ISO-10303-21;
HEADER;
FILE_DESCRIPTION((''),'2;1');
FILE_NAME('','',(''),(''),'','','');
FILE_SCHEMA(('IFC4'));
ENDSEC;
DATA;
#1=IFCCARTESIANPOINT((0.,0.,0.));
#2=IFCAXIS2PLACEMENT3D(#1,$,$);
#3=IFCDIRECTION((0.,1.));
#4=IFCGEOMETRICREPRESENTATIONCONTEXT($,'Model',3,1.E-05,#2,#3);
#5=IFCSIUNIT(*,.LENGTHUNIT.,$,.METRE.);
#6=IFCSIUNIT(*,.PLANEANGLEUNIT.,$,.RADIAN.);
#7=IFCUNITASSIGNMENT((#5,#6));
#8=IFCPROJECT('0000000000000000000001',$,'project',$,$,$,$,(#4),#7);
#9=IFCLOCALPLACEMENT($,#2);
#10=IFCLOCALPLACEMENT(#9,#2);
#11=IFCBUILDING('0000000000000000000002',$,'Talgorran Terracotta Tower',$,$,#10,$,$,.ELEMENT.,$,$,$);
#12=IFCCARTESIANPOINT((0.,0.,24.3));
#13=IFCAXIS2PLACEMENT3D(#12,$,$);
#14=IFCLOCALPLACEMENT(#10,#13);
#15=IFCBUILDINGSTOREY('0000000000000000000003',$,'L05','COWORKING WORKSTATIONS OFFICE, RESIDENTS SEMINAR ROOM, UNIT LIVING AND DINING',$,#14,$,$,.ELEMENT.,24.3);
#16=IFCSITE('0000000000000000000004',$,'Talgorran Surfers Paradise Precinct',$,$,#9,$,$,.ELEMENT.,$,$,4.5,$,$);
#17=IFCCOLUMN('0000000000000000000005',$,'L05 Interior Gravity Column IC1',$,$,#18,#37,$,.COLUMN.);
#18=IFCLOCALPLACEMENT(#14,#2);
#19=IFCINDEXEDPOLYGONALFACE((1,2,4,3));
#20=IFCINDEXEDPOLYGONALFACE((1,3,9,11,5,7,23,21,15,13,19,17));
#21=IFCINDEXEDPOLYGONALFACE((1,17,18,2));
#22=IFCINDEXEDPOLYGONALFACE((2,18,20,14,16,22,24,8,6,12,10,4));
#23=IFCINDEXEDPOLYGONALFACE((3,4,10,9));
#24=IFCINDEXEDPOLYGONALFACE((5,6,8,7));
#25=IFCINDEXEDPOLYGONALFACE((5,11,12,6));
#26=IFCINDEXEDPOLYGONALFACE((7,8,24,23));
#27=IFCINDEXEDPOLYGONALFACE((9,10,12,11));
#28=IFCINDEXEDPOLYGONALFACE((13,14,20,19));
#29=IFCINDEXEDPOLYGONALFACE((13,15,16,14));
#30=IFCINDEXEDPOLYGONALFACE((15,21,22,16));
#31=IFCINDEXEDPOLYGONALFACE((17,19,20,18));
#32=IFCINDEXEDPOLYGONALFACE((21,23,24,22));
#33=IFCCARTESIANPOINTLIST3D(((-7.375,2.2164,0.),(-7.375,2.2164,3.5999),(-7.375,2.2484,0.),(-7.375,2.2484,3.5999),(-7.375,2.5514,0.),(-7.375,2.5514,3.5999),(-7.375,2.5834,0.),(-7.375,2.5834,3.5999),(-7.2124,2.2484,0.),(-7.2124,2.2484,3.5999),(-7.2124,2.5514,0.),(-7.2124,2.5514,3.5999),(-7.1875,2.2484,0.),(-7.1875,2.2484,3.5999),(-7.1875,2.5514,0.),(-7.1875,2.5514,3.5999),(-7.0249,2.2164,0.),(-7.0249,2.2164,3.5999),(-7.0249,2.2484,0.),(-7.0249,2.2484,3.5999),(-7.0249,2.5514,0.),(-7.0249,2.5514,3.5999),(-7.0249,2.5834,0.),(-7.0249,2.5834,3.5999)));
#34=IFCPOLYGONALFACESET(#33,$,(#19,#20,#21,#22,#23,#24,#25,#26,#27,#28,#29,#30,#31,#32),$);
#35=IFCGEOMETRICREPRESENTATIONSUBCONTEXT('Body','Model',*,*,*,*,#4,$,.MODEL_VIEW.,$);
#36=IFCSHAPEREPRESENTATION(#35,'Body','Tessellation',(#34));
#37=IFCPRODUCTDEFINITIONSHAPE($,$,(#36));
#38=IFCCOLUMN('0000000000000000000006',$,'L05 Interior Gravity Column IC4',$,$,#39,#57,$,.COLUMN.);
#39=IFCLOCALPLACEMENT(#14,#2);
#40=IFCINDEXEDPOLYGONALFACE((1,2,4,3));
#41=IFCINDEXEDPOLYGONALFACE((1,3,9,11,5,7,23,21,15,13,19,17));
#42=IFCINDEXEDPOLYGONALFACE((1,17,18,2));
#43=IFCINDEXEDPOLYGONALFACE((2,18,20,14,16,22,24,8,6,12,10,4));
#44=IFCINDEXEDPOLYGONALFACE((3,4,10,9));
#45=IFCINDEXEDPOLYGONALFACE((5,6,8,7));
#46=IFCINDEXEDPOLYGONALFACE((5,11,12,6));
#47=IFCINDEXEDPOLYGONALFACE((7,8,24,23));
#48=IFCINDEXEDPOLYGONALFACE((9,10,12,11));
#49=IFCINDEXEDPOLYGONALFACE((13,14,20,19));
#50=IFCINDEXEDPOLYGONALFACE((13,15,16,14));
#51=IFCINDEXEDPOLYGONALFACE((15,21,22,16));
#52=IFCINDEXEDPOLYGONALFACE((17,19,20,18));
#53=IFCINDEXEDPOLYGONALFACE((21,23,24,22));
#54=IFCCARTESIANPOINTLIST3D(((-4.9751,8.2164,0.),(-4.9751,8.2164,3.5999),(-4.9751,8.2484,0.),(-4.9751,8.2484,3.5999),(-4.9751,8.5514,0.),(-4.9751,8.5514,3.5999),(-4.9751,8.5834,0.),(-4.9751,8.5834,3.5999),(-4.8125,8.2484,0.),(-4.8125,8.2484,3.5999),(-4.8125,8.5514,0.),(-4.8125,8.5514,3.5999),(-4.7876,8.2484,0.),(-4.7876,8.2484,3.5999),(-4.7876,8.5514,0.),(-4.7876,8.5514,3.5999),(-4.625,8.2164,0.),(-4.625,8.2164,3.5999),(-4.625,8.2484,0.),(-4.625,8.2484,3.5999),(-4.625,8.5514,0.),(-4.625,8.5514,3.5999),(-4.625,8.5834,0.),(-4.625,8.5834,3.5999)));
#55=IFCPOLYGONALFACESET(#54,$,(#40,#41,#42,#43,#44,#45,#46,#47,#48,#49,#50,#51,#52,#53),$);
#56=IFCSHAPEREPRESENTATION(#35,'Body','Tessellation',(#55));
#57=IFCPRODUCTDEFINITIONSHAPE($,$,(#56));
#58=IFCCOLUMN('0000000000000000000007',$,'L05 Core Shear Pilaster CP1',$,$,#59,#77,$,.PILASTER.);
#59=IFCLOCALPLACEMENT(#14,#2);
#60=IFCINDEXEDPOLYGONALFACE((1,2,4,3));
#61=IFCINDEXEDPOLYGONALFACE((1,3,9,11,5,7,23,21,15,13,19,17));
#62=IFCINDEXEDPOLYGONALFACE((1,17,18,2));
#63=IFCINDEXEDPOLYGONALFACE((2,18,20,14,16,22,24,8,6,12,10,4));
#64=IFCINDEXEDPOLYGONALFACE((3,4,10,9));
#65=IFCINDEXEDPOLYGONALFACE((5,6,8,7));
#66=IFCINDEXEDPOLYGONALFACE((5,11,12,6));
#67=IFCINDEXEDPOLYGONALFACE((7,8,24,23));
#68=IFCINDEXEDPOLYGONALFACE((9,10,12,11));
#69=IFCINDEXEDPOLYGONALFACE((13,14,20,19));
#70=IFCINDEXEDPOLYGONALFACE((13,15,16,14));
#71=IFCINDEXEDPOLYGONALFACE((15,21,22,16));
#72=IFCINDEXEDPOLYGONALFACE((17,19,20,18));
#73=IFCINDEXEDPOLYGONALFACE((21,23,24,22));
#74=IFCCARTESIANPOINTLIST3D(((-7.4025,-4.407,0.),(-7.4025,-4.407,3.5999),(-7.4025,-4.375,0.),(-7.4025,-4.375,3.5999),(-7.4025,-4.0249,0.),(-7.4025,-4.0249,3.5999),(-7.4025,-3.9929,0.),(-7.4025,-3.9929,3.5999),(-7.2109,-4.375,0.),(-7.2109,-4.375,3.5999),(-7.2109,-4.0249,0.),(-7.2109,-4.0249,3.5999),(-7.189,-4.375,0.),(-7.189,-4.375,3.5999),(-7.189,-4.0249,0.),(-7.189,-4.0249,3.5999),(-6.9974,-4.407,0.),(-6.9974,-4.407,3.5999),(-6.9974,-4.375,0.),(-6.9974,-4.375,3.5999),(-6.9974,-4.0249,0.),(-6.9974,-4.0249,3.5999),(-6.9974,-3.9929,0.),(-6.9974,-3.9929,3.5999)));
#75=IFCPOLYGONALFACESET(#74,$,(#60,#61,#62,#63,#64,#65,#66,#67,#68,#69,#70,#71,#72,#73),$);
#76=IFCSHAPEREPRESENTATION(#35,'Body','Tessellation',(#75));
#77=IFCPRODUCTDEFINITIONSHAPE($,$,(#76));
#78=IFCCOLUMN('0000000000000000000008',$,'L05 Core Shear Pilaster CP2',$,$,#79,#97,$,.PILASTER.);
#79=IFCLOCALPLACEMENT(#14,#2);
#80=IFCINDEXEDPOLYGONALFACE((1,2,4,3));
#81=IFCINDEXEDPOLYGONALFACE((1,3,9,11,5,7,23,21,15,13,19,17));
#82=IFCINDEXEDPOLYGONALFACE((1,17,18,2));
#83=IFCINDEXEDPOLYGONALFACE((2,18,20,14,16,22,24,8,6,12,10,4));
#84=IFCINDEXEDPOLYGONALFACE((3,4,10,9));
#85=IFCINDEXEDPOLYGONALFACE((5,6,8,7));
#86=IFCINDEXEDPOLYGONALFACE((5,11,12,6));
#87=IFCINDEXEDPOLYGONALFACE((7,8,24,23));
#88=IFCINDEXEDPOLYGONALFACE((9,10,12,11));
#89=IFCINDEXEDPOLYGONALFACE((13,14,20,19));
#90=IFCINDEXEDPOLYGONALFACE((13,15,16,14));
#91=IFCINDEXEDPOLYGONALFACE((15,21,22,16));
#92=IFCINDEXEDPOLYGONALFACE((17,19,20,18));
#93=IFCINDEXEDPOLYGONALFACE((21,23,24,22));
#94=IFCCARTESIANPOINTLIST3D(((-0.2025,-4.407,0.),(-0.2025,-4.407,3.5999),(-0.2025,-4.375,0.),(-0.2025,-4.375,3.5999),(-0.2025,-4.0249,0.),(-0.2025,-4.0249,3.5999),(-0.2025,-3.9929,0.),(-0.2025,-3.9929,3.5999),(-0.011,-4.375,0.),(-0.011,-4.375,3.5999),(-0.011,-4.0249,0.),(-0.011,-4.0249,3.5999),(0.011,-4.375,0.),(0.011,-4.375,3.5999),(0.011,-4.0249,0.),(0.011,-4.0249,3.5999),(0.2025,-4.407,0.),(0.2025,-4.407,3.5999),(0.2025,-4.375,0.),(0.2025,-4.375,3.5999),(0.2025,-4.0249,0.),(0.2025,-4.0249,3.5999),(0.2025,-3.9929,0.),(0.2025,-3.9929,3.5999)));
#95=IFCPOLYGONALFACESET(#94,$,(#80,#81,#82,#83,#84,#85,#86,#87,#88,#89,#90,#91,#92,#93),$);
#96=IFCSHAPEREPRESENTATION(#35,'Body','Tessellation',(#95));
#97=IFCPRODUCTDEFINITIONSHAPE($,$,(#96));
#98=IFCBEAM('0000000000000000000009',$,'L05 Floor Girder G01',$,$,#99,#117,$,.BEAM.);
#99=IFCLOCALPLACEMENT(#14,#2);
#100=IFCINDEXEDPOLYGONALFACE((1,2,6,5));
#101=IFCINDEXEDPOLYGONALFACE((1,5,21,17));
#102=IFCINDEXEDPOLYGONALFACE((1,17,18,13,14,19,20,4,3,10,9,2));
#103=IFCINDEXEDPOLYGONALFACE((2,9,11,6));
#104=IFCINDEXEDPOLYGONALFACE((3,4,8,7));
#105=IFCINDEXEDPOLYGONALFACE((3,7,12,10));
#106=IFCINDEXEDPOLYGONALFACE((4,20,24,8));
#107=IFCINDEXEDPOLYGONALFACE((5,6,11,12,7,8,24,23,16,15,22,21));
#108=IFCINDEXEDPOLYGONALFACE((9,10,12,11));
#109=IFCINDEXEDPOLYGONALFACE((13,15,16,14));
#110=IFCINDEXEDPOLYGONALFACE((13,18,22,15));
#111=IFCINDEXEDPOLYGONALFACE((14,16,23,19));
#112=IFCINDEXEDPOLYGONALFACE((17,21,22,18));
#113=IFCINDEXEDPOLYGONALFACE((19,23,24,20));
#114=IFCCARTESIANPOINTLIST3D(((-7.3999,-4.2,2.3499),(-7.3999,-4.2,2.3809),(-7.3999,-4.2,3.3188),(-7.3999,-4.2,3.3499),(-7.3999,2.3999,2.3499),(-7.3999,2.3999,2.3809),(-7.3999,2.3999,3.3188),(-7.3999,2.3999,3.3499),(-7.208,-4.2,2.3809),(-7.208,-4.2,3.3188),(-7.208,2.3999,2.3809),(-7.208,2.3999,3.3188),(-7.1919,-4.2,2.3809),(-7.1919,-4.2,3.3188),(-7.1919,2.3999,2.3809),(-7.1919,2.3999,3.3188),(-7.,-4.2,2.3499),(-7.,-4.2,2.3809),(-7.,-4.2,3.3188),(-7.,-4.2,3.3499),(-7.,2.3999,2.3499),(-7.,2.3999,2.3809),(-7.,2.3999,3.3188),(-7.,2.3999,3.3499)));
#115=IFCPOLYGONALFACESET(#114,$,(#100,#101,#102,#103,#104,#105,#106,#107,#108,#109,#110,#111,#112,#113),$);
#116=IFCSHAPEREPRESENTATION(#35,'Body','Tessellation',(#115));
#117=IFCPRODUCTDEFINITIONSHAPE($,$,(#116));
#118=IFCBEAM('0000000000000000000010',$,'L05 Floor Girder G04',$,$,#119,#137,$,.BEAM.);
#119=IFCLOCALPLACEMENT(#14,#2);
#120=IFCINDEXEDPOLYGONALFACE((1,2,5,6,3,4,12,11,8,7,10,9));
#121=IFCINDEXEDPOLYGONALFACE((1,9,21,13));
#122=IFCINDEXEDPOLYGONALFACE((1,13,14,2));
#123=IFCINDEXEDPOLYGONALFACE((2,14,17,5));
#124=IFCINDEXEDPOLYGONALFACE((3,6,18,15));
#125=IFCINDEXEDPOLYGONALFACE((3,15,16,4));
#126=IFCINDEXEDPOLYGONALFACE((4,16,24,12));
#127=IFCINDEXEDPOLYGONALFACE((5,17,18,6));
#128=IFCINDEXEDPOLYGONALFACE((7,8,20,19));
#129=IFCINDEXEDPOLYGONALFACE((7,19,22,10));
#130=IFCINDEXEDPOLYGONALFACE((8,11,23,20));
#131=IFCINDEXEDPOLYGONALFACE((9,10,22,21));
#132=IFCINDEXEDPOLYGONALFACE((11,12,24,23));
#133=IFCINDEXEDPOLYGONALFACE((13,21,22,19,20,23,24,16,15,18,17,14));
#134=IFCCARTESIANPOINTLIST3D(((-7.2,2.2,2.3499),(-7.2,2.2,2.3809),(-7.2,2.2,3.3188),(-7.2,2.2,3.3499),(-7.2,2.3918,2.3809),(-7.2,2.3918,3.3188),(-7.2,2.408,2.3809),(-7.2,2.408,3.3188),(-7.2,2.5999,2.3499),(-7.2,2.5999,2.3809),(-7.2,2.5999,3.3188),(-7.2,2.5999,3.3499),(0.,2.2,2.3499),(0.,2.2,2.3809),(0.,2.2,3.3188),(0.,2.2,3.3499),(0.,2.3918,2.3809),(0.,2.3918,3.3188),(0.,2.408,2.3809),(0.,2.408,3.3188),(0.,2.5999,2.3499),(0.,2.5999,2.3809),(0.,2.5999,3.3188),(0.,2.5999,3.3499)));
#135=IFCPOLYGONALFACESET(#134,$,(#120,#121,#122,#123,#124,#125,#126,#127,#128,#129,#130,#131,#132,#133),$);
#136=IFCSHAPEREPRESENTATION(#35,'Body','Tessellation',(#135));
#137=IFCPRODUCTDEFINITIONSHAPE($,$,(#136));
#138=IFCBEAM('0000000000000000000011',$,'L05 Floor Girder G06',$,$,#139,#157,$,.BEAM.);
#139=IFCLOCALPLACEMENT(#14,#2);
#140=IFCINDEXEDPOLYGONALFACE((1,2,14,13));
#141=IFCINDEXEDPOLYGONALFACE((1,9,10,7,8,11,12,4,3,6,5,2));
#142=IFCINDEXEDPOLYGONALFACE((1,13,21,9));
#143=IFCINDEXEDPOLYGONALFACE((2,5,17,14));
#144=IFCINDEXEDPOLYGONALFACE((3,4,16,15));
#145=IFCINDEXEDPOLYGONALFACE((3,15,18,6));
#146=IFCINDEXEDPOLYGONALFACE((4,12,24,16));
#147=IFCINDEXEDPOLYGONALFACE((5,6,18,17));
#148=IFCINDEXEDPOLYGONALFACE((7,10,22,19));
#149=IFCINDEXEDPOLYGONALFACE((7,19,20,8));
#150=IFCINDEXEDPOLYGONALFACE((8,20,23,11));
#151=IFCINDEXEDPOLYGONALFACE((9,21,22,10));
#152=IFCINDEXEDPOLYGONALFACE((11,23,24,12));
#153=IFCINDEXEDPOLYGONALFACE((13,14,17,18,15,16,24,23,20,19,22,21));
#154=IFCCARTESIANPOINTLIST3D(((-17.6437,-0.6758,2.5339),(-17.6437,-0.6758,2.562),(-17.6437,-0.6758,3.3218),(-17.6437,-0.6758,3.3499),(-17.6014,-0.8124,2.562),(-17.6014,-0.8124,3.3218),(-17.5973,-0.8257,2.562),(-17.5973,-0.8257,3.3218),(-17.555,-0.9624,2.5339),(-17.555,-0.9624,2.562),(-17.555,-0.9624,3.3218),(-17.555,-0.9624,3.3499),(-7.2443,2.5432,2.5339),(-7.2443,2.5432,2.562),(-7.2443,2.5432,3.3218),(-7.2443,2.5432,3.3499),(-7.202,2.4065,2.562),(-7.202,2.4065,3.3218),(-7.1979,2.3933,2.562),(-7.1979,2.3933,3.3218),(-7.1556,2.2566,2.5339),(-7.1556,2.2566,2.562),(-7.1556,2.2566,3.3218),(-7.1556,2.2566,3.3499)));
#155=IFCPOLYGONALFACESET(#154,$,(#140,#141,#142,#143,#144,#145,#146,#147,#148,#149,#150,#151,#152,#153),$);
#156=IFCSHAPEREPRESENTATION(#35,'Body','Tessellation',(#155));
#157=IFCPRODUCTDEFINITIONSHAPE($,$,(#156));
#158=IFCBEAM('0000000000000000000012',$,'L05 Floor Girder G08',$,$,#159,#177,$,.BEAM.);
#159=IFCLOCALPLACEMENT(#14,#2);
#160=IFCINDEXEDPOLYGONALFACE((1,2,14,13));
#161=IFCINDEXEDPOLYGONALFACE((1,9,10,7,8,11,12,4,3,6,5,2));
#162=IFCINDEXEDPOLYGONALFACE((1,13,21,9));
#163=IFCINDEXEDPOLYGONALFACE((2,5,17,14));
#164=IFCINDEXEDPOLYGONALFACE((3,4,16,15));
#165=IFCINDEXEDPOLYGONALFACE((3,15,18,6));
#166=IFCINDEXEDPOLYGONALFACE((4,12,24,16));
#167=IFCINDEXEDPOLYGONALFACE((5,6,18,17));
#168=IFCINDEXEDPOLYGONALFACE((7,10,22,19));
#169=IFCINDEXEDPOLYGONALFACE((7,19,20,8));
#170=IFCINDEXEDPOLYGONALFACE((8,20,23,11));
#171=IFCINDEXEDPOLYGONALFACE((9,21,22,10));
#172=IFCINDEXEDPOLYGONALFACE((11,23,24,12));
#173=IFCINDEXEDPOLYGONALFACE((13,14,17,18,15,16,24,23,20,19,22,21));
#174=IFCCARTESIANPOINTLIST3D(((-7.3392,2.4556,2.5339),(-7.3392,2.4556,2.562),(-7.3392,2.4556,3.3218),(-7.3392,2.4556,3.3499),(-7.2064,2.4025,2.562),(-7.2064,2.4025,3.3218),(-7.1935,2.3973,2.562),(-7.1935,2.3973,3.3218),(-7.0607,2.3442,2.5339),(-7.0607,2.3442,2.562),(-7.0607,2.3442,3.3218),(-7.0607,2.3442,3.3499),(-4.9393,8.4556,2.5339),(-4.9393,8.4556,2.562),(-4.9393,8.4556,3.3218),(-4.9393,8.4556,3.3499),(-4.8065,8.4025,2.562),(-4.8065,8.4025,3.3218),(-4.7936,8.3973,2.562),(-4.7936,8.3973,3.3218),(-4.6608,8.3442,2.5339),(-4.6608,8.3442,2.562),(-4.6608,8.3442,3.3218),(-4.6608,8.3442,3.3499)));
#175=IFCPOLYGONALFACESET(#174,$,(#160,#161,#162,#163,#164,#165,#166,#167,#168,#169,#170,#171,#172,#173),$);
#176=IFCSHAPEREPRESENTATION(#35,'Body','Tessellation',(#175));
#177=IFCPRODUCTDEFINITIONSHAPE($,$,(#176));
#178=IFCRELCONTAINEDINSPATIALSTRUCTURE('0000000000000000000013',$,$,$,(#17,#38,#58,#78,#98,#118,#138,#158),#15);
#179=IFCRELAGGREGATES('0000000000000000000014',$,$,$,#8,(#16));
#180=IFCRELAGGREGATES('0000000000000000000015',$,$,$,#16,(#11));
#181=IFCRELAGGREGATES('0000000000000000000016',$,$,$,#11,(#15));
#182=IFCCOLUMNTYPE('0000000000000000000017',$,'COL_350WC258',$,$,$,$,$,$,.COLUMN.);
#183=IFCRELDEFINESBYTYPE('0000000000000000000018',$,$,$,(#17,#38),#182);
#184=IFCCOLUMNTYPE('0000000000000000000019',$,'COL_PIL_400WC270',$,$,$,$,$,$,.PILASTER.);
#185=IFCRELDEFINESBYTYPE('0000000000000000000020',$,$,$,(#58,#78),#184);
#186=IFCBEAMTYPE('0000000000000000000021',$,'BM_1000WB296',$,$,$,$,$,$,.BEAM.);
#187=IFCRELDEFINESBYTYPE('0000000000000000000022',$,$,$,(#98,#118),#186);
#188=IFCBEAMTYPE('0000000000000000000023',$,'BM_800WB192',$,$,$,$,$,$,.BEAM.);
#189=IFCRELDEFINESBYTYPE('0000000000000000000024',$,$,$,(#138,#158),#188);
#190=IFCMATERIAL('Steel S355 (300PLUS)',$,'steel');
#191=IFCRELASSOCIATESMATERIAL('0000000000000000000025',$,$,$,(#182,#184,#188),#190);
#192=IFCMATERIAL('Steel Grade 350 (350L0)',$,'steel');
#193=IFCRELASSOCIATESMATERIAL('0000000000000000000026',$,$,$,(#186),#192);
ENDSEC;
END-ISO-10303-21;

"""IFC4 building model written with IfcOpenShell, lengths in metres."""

from ifc_helpers import new_model, si_unit, direction, frame, origin, origin_2d, place, context, subcontext, project, spatial, i_section, extrude, material, material_profile, profile_set, type_object, element, save


model = new_model("IFC4")

# Units and contexts
model_context = context("Model", 3, precision=1e-05, world=origin(), true_north=direction((0.0, 1.0)))
body_context = subcontext(model_context, "Body", "Model", "MODEL_VIEW")
ifc_project = project(units=[si_unit("LENGTHUNIT", "METRE"), si_unit("PLANEANGLEUNIT", "RADIAN")], contexts=[model_context])

# Site, building, storey
site_placement = place(None, origin())
site = spatial("IfcSite", under=ifc_project, at=site_placement, Name="Talgorran Surfers Paradise Precinct", CompositionType="ELEMENT", RefElevation=4.5)
building_placement = place(site_placement, origin())
building = spatial("IfcBuilding", under=site, at=building_placement, Name="Talgorran Terracotta Tower", CompositionType="ELEMENT")
storey_placement = place(building_placement, frame((0.0, 0.0, 24.3)))
storey = spatial("IfcBuildingStorey", under=building, at=storey_placement, Name="L05", Description="COWORKING WORKSTATIONS OFFICE, RESIDENTS SEMINAR ROOM, UNIT LIVING AND DINING", CompositionType="ELEMENT", Elevation=24.3)

# Columns
ifc_material_1 = material(Name="Steel S355 (300PLUS)", Category="steel")
ifc_material_profile_1 = material_profile(ifc_material_1, i_section(OverallWidth=0.3501, OverallDepth=0.3669, WebThickness=0.0249, FlangeThickness=0.032, at=origin_2d()), Name="350WC258")
ifc_profile_set_1 = profile_set([ifc_material_profile_1], Name="Steel S355 (300PLUS)")
column_type_1 = type_object("IfcColumnType", Name="COL_350WC258", PredefinedType="COLUMN", material=ifc_profile_set_1)
for number, where, z_axis, x_axis, name in (
    (1, (-7.2, 2.3999, 0.0), (0.0, 0.0, 1.0), (1.0, 0.0, 0.0), "L05 Interior Gravity Column IC1"),
    (2, (-4.8, 8.3999, 0.0), (0.0, 0.0, 1.0), (1.0, 0.0, 0.0), "L05 Interior Gravity Column IC4"),
):
    element("IfcColumn", number, at=place(storey_placement, frame(where, z_axis=z_axis, x_axis=x_axis)), inside=storey, type_object=column_type_1, Name=name, PredefinedType="COLUMN", context=body_context, shape_type="SweptSolid", body=[
        extrude(i_section(OverallWidth=0.3501, OverallDepth=0.3669, WebThickness=0.0249, FlangeThickness=0.032, at=origin_2d()), origin(), (0.0, 0.0, 1.0), 3.5999),
    ])
ifc_material_profile_2 = material_profile(ifc_material_1, i_section(OverallWidth=0.405, OverallDepth=0.4141, WebThickness=0.022, FlangeThickness=0.032, at=origin_2d()), Name="400WC270")
ifc_profile_set_2 = profile_set([ifc_material_profile_2], Name="Steel S355 (300PLUS)")
column_type_2 = type_object("IfcColumnType", Name="COL_PIL_400WC270", PredefinedType="PILASTER", material=ifc_profile_set_2)
for number, where, z_axis, x_axis, name in (
    (3, (-7.2, -4.2, 0.0), (0.0, 0.0, 1.0), (1.0, 0.0, 0.0), "L05 Core Shear Pilaster CP1"),
    (4, (0.0, -4.2, 0.0), (0.0, 0.0, 1.0), (1.0, 0.0, 0.0), "L05 Core Shear Pilaster CP2"),
):
    element("IfcColumn", number, at=place(storey_placement, frame(where, z_axis=z_axis, x_axis=x_axis)), inside=storey, type_object=column_type_2, Name=name, PredefinedType="PILASTER", context=body_context, shape_type="SweptSolid", body=[
        extrude(i_section(OverallWidth=0.405, OverallDepth=0.4141, WebThickness=0.022, FlangeThickness=0.032, at=origin_2d()), origin(), (0.0, 0.0, 1.0), 3.5999),
    ])

# Beams
ifc_material_2 = material(Name="Steel Grade 350 (350L0)", Category="steel")
ifc_material_profile_3 = material_profile(ifc_material_2, i_section(OverallWidth=0.3999, OverallDepth=1.0, WebThickness=0.0161, FlangeThickness=0.031, at=origin_2d()), Name="1000WB296")
ifc_profile_set_3 = profile_set([ifc_material_profile_3], Name="Steel Grade 350 (350L0)")
beam_type_1 = type_object("IfcBeamType", Name="BM_1000WB296", PredefinedType="BEAM", material=ifc_profile_set_3)
beam_1_placement = place(storey_placement, frame((-7.2, -4.2, 2.8499), z_axis=(0.0, 1.0, 0.0), x_axis=(-1.0, 0.0, 0.0)))
element("IfcBeam", 5, at=beam_1_placement, inside=storey, type_object=beam_type_1, Name="L05 Floor Girder G01", PredefinedType="BEAM", context=body_context, shape_type="SweptSolid", body=[
    extrude(i_section(OverallWidth=0.3999, OverallDepth=1.0, WebThickness=0.0161, FlangeThickness=0.031, at=origin_2d()), origin(), (0.0, 0.0, 1.0), 6.5999),
])
beam_2_placement = place(storey_placement, frame((-7.2, 2.3999, 2.8499), z_axis=(1.0, 0.0, 0.0), x_axis=(0.0, 1.0, 0.0)))
element("IfcBeam", 6, at=beam_2_placement, inside=storey, type_object=beam_type_1, Name="L05 Floor Girder G04", PredefinedType="BEAM", context=body_context, shape_type="SweptSolid", body=[
    extrude(i_section(OverallWidth=0.3999, OverallDepth=1.0, WebThickness=0.0161, FlangeThickness=0.031, at=origin_2d()), origin(), (0.0, 0.0, 1.0), 7.2),
])
ifc_material_profile_4 = material_profile(ifc_material_1, i_section(OverallWidth=0.3, OverallDepth=0.8159, WebThickness=0.0139, FlangeThickness=0.0281, at=origin_2d()), Name="800WB192")
ifc_profile_set_4 = profile_set([ifc_material_profile_4], Name="Steel S355 (300PLUS)")
beam_type_2 = type_object("IfcBeamType", Name="BM_800WB192", PredefinedType="BEAM", material=ifc_profile_set_4)
beam_3_placement = place(storey_placement, frame((-7.2, 2.3999, 2.9419), z_axis=(-0.955283, -0.295694, 0.0), x_axis=(0.295694, -0.955283, 0.0)))
element("IfcBeam", 7, at=beam_3_placement, inside=storey, type_object=beam_type_2, Name="L05 Floor Girder G06", PredefinedType="BEAM", context=body_context, shape_type="SweptSolid", body=[
    extrude(i_section(OverallWidth=0.3, OverallDepth=0.8159, WebThickness=0.0139, FlangeThickness=0.0281, at=origin_2d()), origin(), (0.0, 0.0, 1.0), 10.8862),
])
beam_4_placement = place(storey_placement, frame((-7.2, 2.3999, 2.9419), z_axis=(0.371378, 0.928482, 0.0), x_axis=(-0.928482, 0.371378, 0.0)))
element("IfcBeam", 8, at=beam_4_placement, inside=storey, type_object=beam_type_2, Name="L05 Floor Girder G08", PredefinedType="BEAM", context=body_context, shape_type="SweptSolid", body=[
    extrude(i_section(OverallWidth=0.3, OverallDepth=0.8159, WebThickness=0.0139, FlangeThickness=0.0281, at=origin_2d()), origin(), (0.0, 0.0, 1.0), 6.4622),
])

save(model, "model.ifc")
